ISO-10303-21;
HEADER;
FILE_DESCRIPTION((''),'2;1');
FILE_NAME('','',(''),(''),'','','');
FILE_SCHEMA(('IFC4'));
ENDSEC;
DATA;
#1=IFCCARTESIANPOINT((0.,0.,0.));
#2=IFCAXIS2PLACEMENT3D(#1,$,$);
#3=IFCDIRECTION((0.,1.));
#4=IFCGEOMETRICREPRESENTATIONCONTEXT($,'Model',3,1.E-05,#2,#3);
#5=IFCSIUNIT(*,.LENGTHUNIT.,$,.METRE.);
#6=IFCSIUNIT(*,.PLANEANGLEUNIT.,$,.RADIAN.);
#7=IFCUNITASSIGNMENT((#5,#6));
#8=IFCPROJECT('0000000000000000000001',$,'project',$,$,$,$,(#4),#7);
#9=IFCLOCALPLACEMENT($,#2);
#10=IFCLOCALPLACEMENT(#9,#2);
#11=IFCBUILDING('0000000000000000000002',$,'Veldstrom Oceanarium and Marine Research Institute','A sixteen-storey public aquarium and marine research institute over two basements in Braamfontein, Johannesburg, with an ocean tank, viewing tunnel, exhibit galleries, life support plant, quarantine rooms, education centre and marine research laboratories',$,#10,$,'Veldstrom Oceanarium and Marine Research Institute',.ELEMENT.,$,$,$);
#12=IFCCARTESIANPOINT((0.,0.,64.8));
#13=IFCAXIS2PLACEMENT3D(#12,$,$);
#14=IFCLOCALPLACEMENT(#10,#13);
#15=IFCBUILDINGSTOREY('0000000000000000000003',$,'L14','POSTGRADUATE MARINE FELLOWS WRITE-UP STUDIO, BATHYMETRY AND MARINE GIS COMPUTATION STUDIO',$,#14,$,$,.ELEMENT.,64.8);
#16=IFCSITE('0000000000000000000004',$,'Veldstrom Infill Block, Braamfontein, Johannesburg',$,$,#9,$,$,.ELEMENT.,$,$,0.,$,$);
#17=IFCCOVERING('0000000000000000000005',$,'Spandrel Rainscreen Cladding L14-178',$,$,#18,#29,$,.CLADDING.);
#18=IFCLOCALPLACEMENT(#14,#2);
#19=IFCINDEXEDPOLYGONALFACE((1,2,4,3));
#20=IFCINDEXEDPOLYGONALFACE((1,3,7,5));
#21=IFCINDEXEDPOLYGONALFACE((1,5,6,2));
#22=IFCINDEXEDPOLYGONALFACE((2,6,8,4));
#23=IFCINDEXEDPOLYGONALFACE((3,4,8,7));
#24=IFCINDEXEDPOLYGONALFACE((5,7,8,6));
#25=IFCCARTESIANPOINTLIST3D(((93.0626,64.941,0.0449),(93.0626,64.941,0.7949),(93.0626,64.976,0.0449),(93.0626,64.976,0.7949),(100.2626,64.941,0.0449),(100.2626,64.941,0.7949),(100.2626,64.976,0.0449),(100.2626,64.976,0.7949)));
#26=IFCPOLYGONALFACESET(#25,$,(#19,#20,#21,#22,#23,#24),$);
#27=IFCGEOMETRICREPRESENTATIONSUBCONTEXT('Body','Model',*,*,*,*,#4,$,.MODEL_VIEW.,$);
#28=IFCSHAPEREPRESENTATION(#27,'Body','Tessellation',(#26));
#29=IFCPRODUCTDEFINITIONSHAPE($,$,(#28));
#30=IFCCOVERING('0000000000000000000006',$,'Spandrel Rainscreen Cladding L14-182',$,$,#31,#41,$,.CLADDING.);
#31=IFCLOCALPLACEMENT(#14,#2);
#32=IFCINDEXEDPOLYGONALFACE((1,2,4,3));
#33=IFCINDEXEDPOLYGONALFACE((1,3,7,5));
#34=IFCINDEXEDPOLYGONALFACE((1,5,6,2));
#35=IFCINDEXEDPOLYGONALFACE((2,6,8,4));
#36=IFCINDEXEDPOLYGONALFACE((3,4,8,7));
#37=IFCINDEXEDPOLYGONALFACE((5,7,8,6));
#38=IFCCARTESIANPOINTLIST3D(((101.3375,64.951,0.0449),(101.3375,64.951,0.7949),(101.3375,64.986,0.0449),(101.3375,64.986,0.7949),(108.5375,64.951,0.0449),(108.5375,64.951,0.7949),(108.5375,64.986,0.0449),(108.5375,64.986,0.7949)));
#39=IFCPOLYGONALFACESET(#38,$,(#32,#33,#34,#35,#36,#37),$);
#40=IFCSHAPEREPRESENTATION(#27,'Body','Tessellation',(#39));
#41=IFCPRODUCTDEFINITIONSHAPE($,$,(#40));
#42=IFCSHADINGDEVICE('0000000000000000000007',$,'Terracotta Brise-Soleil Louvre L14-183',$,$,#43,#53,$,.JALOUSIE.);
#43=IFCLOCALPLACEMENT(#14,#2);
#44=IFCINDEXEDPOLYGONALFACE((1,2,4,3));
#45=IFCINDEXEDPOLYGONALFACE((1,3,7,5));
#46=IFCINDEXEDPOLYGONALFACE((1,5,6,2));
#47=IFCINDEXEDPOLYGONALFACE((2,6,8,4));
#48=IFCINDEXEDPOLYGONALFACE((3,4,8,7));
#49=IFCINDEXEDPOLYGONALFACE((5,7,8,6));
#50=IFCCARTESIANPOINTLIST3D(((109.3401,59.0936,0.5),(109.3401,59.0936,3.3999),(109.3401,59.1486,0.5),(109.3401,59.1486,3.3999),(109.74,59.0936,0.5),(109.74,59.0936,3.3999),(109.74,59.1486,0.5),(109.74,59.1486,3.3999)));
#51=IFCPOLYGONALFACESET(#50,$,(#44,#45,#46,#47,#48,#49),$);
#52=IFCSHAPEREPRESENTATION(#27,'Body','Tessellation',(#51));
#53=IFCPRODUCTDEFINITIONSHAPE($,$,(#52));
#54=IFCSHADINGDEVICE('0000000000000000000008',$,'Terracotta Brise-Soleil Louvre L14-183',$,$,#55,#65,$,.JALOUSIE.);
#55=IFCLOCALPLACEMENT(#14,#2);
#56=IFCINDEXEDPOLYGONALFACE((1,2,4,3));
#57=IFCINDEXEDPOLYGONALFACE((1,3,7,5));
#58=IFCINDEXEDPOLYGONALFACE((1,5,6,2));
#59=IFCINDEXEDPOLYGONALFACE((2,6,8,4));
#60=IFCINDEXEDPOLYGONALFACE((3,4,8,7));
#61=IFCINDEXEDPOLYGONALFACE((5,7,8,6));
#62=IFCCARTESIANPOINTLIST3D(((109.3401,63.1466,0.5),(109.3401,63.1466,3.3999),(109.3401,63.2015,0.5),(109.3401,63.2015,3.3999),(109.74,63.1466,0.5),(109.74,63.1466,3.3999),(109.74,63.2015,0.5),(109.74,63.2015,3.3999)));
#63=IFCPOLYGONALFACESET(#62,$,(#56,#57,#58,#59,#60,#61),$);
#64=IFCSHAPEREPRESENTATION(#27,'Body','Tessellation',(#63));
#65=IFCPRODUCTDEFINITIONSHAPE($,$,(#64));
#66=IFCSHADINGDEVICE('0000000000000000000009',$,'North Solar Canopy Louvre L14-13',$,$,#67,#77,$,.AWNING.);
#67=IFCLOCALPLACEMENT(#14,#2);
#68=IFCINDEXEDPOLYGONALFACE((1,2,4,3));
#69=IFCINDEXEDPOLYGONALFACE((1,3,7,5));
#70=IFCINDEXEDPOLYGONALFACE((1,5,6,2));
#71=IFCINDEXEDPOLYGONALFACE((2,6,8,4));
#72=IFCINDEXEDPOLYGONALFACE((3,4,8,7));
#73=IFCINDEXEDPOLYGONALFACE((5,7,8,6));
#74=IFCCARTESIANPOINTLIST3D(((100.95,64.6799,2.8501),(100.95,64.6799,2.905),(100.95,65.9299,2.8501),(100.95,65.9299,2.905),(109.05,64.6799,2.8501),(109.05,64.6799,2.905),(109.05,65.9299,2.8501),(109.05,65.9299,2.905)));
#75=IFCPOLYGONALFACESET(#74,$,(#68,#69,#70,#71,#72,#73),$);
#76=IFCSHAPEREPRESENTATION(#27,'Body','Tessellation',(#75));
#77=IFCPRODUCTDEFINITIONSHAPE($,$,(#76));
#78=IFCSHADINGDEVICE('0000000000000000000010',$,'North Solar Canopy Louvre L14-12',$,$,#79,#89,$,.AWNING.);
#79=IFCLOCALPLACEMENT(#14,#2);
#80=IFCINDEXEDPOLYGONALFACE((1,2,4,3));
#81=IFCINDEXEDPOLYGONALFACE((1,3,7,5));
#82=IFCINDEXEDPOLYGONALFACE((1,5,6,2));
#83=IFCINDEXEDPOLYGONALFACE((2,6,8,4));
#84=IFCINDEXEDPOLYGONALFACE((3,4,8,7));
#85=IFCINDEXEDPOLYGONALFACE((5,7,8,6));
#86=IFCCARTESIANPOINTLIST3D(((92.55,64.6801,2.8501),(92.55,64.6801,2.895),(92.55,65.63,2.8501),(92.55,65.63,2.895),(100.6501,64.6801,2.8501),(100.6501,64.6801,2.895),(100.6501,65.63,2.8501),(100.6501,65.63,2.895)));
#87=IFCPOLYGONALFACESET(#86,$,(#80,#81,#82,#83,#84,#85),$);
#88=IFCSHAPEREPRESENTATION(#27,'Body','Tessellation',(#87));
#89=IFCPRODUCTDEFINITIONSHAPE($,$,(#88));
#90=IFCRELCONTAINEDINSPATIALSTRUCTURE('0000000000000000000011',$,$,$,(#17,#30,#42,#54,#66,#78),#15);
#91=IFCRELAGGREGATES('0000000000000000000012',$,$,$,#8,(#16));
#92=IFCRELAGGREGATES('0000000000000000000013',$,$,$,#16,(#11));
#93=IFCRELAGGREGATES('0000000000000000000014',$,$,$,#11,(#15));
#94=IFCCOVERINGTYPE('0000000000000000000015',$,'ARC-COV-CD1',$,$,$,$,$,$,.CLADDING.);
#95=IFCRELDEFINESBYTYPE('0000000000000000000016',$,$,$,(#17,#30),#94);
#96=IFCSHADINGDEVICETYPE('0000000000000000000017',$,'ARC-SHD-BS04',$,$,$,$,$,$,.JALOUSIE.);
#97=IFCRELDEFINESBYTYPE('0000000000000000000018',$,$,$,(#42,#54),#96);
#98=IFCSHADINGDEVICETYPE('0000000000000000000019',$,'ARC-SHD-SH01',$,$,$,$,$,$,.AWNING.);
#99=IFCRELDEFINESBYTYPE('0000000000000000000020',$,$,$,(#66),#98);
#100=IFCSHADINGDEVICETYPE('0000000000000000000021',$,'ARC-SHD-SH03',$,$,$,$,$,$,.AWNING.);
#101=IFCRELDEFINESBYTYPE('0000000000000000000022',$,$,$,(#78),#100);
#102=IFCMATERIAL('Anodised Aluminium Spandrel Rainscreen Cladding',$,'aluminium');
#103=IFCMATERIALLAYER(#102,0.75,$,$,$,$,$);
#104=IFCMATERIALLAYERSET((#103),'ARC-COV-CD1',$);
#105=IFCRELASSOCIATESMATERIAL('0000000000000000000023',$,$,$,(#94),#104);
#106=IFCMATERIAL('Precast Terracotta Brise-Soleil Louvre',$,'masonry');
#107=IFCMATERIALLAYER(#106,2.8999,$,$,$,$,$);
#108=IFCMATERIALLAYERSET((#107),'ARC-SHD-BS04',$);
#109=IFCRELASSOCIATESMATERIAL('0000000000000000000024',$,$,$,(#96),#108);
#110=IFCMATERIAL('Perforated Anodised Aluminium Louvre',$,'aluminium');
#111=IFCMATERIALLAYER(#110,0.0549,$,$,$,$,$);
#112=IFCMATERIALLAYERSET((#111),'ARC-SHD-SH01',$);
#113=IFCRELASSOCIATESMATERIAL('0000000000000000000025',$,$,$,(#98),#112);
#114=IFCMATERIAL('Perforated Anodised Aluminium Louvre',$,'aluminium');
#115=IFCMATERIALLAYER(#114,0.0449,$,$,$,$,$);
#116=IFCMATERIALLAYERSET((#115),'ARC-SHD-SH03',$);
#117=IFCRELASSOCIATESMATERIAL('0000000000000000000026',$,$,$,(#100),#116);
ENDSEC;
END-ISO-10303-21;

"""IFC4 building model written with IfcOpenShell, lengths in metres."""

from ifc_helpers import new_model, si_unit, direction, frame, origin, origin_2d, place, context, subcontext, project, spatial, rectangle, extrude, material, layer, layer_set, type_object, element, save


model = new_model("IFC4")

# Units and contexts
model_context = context("Model", 3, precision=1e-05, world=origin(), true_north=direction((0.0, 1.0)))
body_context = subcontext(model_context, "Body", "Model", "MODEL_VIEW")
ifc_project = project(units=[si_unit("LENGTHUNIT", "METRE"), si_unit("PLANEANGLEUNIT", "RADIAN")], contexts=[model_context])

# Site, building, storey
site_placement = place(None, origin())
site = spatial("IfcSite", under=ifc_project, at=site_placement, Name="Veldstrom Infill Block, Braamfontein, Johannesburg", CompositionType="ELEMENT", RefElevation=0.0)
building_placement = place(site_placement, origin())
building = spatial("IfcBuilding", under=site, at=building_placement, Name="Veldstrom Oceanarium and Marine Research Institute", Description="A sixteen-storey public aquarium and marine research institute over two basements in Braamfontein, Johannesburg, with an ocean tank, viewing tunnel, exhibit galleries, life support plant, quarantine rooms, education centre and marine research laboratories", LongName="Veldstrom Oceanarium and Marine Research Institute", CompositionType="ELEMENT")
storey_placement = place(building_placement, frame((0.0, 0.0, 64.8)))
storey = spatial("IfcBuildingStorey", under=building, at=storey_placement, Name="L14", Description="POSTGRADUATE MARINE FELLOWS WRITE-UP STUDIO, BATHYMETRY AND MARINE GIS COMPUTATION STUDIO", CompositionType="ELEMENT", Elevation=64.8)

# Coverings
ifc_material_1 = material(Name="Anodised Aluminium Spandrel Rainscreen Cladding", Category="aluminium")
ifc_layer_1 = layer(ifc_material_1, 0.75)
ifc_layer_set_1 = layer_set([ifc_layer_1], Name="ARC-COV-CD1")
covering_type = type_object("IfcCoveringType", Name="ARC-COV-CD1", PredefinedType="CLADDING", material=ifc_layer_set_1)
for number, where, z_axis, x_axis, name in (
    (1, (96.6626, 64.9585, 0.0449), (0.0, 0.0, 1.0), (1.0, 0.0, 0.0), "Spandrel Rainscreen Cladding L14-178"),
    (2, (104.9375, 64.9685, 0.0449), (0.0, 0.0, 1.0), (1.0, 0.0, 0.0), "Spandrel Rainscreen Cladding L14-182"),
):
    element("IfcCovering", number, at=place(storey_placement, frame(where, z_axis=z_axis, x_axis=x_axis)), inside=storey, type_object=covering_type, Name=name, PredefinedType="CLADDING", context=body_context, shape_type="SweptSolid", body=[
        extrude(rectangle(XDim=7.2, YDim=0.0349, at=origin_2d()), origin(), (0.0, 0.0, 1.0), 0.75),
    ])

# Shading devices
ifc_material_2 = material(Name="Precast Terracotta Brise-Soleil Louvre", Category="masonry")
ifc_layer_2 = layer(ifc_material_2, 2.8999)
ifc_layer_set_2 = layer_set([ifc_layer_2], Name="ARC-SHD-BS04")
shading_device_type_1 = type_object("IfcShadingDeviceType", Name="ARC-SHD-BS04", PredefinedType="JALOUSIE", material=ifc_layer_set_2)
for number, where, z_axis, x_axis, name in (
    (3, (109.54, 59.1211, 0.5), (0.0, 0.0, 1.0), (1.0, 0.0, 0.0), "Terracotta Brise-Soleil Louvre L14-183"),
    (4, (109.54, 63.1741, 0.5), (0.0, 0.0, 1.0), (1.0, 0.0, 0.0), "Terracotta Brise-Soleil Louvre L14-183"),
):
    element("IfcShadingDevice", number, at=place(storey_placement, frame(where, z_axis=z_axis, x_axis=x_axis)), inside=storey, type_object=shading_device_type_1, Name=name, PredefinedType="JALOUSIE", context=body_context, shape_type="SweptSolid", body=[
        extrude(rectangle(XDim=0.3999, YDim=0.0549, at=origin_2d()), origin(), (0.0, 0.0, 1.0), 2.8999),
    ])
ifc_material_3 = material(Name="Perforated Anodised Aluminium Louvre", Category="aluminium")
ifc_layer_3 = layer(ifc_material_3, 0.0549)
ifc_layer_set_3 = layer_set([ifc_layer_3], Name="ARC-SHD-SH01")
shading_device_type_2 = type_object("IfcShadingDeviceType", Name="ARC-SHD-SH01", PredefinedType="AWNING", material=ifc_layer_set_3)
shading_device_1_placement = place(storey_placement, frame((105.0, 65.3049, 2.8501), z_axis=(0.0, 0.0, 1.0), x_axis=(1.0, 0.0, 0.0)))
element("IfcShadingDevice", 5, at=shading_device_1_placement, inside=storey, type_object=shading_device_type_2, Name="North Solar Canopy Louvre L14-13", PredefinedType="AWNING", context=body_context, shape_type="SweptSolid", body=[
    extrude(rectangle(XDim=8.1001, YDim=1.25, at=origin_2d()), origin(), (0.0, 0.0, 1.0), 0.0549),
])
ifc_material_4 = material(Name="Perforated Anodised Aluminium Louvre", Category="aluminium")
ifc_layer_4 = layer(ifc_material_4, 0.0449)
ifc_layer_set_4 = layer_set([ifc_layer_4], Name="ARC-SHD-SH03")
shading_device_type_3 = type_object("IfcShadingDeviceType", Name="ARC-SHD-SH03", PredefinedType="AWNING", material=ifc_layer_set_4)
shading_device_2_placement = place(storey_placement, frame((96.6001, 65.155, 2.8501), z_axis=(0.0, 0.0, 1.0), x_axis=(1.0, 0.0, 0.0)))
element("IfcShadingDevice", 6, at=shading_device_2_placement, inside=storey, type_object=shading_device_type_3, Name="North Solar Canopy Louvre L14-12", PredefinedType="AWNING", context=body_context, shape_type="SweptSolid", body=[
    extrude(rectangle(XDim=8.1001, YDim=0.95, at=origin_2d()), origin(), (0.0, 0.0, 1.0), 0.0449),
])

save(model, "model.ifc")
